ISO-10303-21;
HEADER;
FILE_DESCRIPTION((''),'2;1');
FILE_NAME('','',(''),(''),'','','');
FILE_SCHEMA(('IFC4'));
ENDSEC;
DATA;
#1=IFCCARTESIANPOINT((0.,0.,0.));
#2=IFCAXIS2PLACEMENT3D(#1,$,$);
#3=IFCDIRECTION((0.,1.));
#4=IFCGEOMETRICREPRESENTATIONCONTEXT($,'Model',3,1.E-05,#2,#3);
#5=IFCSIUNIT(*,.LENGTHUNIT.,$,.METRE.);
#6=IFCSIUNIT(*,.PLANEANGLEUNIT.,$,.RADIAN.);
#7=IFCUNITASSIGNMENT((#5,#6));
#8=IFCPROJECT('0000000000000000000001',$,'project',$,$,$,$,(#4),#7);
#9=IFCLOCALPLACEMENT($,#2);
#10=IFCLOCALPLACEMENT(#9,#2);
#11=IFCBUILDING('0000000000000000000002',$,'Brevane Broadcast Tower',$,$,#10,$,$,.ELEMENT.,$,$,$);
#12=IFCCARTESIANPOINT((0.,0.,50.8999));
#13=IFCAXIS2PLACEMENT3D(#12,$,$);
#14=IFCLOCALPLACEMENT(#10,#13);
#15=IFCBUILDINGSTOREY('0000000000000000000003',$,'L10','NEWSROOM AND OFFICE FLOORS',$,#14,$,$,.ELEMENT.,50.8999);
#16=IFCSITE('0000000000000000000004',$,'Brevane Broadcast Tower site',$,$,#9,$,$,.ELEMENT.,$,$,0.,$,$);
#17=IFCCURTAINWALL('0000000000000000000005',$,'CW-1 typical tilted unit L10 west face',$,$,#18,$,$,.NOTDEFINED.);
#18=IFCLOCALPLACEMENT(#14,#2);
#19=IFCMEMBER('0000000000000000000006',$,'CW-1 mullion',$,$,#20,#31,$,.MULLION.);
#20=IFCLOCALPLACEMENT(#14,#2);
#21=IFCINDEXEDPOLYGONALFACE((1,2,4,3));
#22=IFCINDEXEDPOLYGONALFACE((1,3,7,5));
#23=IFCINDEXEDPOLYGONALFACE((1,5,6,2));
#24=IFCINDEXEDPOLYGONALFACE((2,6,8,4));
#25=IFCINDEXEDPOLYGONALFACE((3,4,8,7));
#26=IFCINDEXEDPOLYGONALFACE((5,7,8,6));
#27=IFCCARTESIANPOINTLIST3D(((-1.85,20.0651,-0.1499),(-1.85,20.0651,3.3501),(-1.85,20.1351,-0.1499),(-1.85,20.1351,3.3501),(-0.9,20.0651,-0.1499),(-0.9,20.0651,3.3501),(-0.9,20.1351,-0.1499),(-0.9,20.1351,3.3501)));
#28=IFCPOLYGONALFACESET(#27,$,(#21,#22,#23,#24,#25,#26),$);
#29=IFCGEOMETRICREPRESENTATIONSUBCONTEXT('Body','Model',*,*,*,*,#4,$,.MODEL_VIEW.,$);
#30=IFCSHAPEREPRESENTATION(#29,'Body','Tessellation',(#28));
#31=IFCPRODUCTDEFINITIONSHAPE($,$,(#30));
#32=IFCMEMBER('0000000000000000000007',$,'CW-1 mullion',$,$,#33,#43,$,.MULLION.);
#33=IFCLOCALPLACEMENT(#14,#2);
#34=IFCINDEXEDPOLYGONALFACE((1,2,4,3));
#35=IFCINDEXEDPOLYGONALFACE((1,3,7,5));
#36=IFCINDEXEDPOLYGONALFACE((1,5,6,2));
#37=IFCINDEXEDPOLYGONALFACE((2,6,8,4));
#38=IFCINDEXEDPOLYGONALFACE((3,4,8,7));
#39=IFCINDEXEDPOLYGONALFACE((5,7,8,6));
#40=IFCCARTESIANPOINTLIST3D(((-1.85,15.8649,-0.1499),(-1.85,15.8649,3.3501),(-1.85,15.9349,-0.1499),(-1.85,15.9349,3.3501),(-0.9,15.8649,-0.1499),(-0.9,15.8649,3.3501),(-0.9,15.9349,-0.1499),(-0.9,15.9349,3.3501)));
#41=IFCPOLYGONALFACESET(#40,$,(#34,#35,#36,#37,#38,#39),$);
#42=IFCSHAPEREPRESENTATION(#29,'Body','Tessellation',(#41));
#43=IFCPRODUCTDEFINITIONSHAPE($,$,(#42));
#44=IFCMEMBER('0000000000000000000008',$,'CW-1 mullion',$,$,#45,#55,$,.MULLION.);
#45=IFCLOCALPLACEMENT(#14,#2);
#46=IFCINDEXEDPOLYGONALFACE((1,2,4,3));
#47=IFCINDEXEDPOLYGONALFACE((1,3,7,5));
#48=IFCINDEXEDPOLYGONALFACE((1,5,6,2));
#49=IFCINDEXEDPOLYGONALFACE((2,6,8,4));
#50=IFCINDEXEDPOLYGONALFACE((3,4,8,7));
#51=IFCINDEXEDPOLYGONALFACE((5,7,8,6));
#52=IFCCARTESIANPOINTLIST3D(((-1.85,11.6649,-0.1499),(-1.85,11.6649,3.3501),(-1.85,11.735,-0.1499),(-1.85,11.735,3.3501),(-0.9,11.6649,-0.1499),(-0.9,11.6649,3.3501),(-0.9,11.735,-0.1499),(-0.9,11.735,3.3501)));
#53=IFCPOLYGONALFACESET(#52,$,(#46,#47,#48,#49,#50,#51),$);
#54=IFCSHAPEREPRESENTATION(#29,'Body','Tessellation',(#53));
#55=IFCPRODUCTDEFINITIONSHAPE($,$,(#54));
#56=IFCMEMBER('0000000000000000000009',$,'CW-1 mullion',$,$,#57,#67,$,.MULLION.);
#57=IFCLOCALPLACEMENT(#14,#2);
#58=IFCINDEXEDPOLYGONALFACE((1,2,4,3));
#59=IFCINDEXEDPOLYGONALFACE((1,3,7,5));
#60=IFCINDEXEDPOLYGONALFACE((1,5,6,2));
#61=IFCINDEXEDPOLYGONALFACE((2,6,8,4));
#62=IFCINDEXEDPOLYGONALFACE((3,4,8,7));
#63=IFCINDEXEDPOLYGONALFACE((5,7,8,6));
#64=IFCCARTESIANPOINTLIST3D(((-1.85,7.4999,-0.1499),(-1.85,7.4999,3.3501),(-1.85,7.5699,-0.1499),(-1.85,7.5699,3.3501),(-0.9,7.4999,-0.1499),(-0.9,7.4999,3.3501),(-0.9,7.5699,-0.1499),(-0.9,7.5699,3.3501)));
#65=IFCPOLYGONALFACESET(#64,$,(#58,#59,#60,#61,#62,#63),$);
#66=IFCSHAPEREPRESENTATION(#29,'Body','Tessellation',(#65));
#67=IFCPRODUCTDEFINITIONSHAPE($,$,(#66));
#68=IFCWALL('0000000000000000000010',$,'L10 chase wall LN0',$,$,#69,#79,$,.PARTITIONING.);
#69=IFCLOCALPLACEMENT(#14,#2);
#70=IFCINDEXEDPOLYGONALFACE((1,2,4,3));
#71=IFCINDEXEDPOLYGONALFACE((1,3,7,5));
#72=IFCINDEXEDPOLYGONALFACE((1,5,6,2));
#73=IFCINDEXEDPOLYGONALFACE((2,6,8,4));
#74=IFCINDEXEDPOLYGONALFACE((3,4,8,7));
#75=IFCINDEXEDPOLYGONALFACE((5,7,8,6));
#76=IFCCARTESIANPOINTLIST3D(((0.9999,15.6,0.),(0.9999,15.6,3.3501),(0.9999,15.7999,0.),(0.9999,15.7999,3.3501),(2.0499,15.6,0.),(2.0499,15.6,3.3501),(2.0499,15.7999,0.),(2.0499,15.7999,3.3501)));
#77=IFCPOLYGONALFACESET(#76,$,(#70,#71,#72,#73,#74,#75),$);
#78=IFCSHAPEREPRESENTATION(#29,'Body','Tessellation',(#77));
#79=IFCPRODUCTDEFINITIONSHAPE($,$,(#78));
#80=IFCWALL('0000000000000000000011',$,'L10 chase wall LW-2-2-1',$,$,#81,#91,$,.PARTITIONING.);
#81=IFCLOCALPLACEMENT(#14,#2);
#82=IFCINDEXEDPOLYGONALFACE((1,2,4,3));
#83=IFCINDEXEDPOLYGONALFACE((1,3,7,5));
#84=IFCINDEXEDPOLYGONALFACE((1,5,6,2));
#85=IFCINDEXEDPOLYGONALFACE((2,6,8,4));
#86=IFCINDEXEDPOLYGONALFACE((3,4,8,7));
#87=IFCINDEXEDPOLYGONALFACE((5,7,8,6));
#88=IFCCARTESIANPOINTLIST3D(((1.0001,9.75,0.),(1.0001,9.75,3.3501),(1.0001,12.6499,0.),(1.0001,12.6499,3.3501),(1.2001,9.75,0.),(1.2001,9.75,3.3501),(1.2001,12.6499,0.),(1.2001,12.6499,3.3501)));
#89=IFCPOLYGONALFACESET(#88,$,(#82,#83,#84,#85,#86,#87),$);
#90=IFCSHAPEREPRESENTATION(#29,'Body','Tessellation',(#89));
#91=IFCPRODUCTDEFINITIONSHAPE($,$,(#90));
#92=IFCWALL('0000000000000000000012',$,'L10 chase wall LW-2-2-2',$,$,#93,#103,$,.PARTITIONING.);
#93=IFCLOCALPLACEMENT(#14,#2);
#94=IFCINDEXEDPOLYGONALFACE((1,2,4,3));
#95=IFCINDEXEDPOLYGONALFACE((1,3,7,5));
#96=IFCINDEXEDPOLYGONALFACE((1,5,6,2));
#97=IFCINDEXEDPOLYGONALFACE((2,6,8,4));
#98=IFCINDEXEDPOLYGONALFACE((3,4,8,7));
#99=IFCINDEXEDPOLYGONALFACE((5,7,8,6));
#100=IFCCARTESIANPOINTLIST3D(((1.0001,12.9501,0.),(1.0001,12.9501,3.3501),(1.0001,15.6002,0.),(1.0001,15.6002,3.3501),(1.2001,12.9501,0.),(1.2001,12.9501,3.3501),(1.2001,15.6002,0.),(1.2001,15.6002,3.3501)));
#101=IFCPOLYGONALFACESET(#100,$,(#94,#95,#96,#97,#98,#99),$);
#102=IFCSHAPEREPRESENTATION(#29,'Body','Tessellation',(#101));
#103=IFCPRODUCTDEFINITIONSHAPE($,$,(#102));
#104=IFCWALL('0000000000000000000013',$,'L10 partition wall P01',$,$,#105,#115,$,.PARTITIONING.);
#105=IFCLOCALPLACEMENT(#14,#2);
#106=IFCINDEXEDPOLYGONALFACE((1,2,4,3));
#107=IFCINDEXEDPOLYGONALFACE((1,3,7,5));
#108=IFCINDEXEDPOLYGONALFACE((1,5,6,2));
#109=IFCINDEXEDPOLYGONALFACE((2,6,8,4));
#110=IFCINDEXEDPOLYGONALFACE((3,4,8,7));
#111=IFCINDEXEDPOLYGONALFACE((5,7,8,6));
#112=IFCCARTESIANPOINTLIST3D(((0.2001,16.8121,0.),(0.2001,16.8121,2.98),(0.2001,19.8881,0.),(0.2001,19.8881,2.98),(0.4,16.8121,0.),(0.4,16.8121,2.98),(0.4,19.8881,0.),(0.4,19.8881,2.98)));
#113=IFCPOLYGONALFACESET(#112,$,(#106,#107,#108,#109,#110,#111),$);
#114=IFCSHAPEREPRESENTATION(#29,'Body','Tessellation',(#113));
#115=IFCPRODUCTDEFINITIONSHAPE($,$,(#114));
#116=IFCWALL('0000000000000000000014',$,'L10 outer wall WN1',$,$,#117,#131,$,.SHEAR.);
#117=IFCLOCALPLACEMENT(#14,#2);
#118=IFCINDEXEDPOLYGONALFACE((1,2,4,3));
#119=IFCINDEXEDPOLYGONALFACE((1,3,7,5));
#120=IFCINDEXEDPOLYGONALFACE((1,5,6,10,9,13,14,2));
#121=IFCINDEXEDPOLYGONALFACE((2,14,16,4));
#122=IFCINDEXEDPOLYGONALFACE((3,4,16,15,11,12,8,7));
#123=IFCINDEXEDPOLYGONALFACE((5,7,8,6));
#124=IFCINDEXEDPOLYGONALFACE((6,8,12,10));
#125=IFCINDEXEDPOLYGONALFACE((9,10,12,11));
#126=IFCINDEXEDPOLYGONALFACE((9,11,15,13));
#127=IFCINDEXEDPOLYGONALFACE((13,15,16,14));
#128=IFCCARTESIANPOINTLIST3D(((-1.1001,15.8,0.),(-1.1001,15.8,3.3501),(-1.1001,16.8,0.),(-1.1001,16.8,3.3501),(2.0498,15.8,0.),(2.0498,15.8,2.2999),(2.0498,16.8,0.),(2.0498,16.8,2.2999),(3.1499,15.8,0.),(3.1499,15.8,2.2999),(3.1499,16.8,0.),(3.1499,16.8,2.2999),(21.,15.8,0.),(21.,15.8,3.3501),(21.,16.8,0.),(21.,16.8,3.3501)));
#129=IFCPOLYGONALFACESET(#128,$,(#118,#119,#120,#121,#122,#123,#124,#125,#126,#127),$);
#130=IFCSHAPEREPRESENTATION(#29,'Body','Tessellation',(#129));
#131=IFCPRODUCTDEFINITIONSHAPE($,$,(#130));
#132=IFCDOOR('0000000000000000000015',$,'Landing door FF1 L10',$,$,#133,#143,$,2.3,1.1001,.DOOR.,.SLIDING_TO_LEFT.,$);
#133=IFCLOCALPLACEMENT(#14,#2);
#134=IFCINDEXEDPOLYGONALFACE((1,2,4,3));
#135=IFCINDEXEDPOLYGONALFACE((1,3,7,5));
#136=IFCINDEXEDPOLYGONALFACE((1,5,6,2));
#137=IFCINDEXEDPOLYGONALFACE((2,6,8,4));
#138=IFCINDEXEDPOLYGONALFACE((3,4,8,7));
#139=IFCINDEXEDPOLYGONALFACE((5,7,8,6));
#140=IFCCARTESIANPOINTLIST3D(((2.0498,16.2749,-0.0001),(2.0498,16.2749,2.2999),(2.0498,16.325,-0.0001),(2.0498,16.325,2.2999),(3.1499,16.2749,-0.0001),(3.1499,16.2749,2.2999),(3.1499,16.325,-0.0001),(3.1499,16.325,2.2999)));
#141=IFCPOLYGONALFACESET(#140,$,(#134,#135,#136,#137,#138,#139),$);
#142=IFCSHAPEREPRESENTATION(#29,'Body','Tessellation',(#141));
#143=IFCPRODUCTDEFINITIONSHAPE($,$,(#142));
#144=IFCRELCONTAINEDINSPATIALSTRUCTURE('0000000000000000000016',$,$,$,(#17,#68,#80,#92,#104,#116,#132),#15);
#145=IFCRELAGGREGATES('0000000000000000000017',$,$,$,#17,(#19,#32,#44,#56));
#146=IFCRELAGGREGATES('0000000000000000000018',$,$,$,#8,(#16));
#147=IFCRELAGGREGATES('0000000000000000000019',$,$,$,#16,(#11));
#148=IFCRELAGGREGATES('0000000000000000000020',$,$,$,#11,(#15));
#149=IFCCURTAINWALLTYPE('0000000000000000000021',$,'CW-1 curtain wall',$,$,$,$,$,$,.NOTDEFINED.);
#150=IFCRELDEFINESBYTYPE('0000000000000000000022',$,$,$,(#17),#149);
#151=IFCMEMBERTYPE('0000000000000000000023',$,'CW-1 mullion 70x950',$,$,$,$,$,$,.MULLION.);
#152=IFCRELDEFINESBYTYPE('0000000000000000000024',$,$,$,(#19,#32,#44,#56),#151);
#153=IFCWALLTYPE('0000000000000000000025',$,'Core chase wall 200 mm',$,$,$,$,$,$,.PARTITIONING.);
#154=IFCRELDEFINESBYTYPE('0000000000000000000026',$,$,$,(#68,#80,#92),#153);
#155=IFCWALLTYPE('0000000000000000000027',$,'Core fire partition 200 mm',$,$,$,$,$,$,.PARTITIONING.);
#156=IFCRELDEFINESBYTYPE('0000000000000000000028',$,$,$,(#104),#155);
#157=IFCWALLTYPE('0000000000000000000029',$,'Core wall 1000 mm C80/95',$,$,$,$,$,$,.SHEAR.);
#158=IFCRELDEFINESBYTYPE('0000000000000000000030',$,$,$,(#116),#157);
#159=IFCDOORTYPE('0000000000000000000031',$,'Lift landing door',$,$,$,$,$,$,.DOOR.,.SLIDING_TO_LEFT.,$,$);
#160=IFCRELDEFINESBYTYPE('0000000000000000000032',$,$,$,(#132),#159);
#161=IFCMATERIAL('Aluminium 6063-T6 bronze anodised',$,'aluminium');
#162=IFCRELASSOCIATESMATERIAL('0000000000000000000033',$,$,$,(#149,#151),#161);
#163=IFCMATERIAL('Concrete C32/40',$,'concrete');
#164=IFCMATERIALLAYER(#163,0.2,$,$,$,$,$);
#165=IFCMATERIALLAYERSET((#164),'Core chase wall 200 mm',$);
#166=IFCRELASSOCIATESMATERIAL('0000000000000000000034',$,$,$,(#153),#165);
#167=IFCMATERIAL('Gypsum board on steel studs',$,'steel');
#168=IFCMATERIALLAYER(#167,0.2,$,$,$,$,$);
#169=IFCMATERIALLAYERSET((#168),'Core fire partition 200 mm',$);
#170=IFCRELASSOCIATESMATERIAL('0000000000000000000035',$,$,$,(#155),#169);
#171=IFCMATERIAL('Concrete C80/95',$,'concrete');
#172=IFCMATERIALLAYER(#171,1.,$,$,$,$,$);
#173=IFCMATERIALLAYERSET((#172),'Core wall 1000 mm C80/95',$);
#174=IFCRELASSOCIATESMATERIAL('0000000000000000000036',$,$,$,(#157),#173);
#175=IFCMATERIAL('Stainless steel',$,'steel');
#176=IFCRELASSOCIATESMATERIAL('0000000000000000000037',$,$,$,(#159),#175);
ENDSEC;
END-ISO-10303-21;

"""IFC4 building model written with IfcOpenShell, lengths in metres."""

from ifc_helpers import new_model, si_unit, direction, frame, frame_2d, origin, origin_2d, place, context, subcontext, project, spatial, rectangle, extrude, material, layer, layer_set, material_profile, profile_set, type_object, element, fill, aggregate, save


model = new_model("IFC4")

# Units and contexts
model_context = context("Model", 3, precision=1e-05, world=origin(), true_north=direction((0.0, 1.0)))
body_context = subcontext(model_context, "Body", "Model", "MODEL_VIEW")
ifc_project = project(units=[si_unit("LENGTHUNIT", "METRE"), si_unit("PLANEANGLEUNIT", "RADIAN")], contexts=[model_context])

# Site, building, storey
site_placement = place(None, origin())
site = spatial("IfcSite", under=ifc_project, at=site_placement, Name="Brevane Broadcast Tower site", CompositionType="ELEMENT", RefElevation=0.0)
building_placement = place(site_placement, origin())
building = spatial("IfcBuilding", under=site, at=building_placement, Name="Brevane Broadcast Tower", CompositionType="ELEMENT")
storey_placement = place(building_placement, frame((0.0, 0.0, 50.8999)))
storey = spatial("IfcBuildingStorey", under=building, at=storey_placement, Name="L10", Description="NEWSROOM AND OFFICE FLOORS", CompositionType="ELEMENT", Elevation=50.8999)

# Curtain wall, members
ifc_material_1 = material(Name="Aluminium 6063-T6 bronze anodised", Category="aluminium")
curtain_wall_type = type_object("IfcCurtainWallType", Name="CW-1 curtain wall", PredefinedType="NOTDEFINED", material=ifc_material_1)
curtain_wall_placement = place(storey_placement, origin())
curtain_wall = element("IfcCurtainWall", 1, at=curtain_wall_placement, inside=storey, type_object=curtain_wall_type, Name="CW-1 typical tilted unit L10 west face", PredefinedType="NOTDEFINED")
ifc_material_profile = material_profile(ifc_material_1, rectangle(XDim=0.95, YDim=0.0701, at=origin_2d()), Name="RECT 70x950")
ifc_profile_set = profile_set([ifc_material_profile], Name="Aluminium 6063-T6 bronze anodised")
member_type = type_object("IfcMemberType", Name="CW-1 mullion 70x950", PredefinedType="MULLION", material=ifc_profile_set)
member_1_placement = place(storey_placement, frame((-1.375, 20.1001, -0.1499), z_axis=(0.0, 0.0, 1.0), x_axis=(1.0, 0.0, 0.0)))
member_1 = element("IfcMember", 2, at=member_1_placement, type_object=member_type, Name="CW-1 mullion", PredefinedType="MULLION", context=body_context, shape_type="SweptSolid", body=[
    extrude(rectangle(XDim=0.95, YDim=0.0701, at=origin_2d()), origin(), (0.0, 0.0, 1.0), 3.5),
])
member_2_placement = place(storey_placement, frame((-1.375, 15.8999, -0.1499), z_axis=(0.0, 0.0, 1.0), x_axis=(1.0, 0.0, 0.0)))
member_2 = element("IfcMember", 3, at=member_2_placement, type_object=member_type, Name="CW-1 mullion", PredefinedType="MULLION", context=body_context, shape_type="SweptSolid", body=[
    extrude(rectangle(XDim=0.95, YDim=0.0701, at=origin_2d()), origin(), (0.0, 0.0, 1.0), 3.5),
])
member_3_placement = place(storey_placement, frame((-1.375, 11.7, -0.1499), z_axis=(0.0, 0.0, 1.0), x_axis=(1.0, 0.0, 0.0)))
member_3 = element("IfcMember", 4, at=member_3_placement, type_object=member_type, Name="CW-1 mullion", PredefinedType="MULLION", context=body_context, shape_type="SweptSolid", body=[
    extrude(rectangle(XDim=0.95, YDim=0.0701, at=origin_2d()), origin(), (0.0, 0.0, 1.0), 3.5),
])
member_4_placement = place(storey_placement, frame((-1.375, 7.5349, -0.1499), z_axis=(0.0, 0.0, 1.0), x_axis=(1.0, 0.0, 0.0)))
member_4 = element("IfcMember", 5, at=member_4_placement, type_object=member_type, Name="CW-1 mullion", PredefinedType="MULLION", context=body_context, shape_type="SweptSolid", body=[
    extrude(rectangle(XDim=0.95, YDim=0.0701, at=origin_2d()), origin(), (0.0, 0.0, 1.0), 3.5),
])
aggregate(curtain_wall, [member_1, member_2, member_3, member_4])

# Walls
ifc_material_2 = material(Name="Concrete C32/40", Category="concrete")
ifc_layer_1 = layer(ifc_material_2, 0.2)
ifc_layer_set_1 = layer_set([ifc_layer_1], Name="Core chase wall 200 mm")
wall_type_1 = type_object("IfcWallType", Name="Core chase wall 200 mm", PredefinedType="PARTITIONING", material=ifc_layer_set_1)
wall_1_placement = place(storey_placement, frame((1.0, 15.7, 0.0), z_axis=(0.0, 0.0, 1.0), x_axis=(1.0, 0.0, 0.0)))
element("IfcWall", 6, at=wall_1_placement, inside=storey, type_object=wall_type_1, Name="L10 chase wall LN0", PredefinedType="PARTITIONING", context=body_context, shape_type="SweptSolid", body=[
    extrude(rectangle(XDim=1.05, YDim=0.2, at=frame_2d((0.5249, 0.0))), origin(), (0.0, 0.0, 1.0), 3.3501),
])
wall_2_placement = place(storey_placement, frame((1.1001, 9.75, 0.0), z_axis=(0.0, 0.0, 1.0), x_axis=(0.0, 1.0, 0.0)))
element("IfcWall", 7, at=wall_2_placement, inside=storey, type_object=wall_type_1, Name="L10 chase wall LW-2-2-1", PredefinedType="PARTITIONING", context=body_context, shape_type="SweptSolid", body=[
    extrude(rectangle(XDim=2.8999, YDim=0.2, at=frame_2d((1.45, 0.0))), origin(), (0.0, 0.0, 1.0), 3.3501),
])
wall_3_placement = place(storey_placement, frame((1.1001, 12.95, 0.0), z_axis=(0.0, 0.0, 1.0), x_axis=(0.0, 1.0, 0.0)))
element("IfcWall", 8, at=wall_3_placement, inside=storey, type_object=wall_type_1, Name="L10 chase wall LW-2-2-2", PredefinedType="PARTITIONING", context=body_context, shape_type="SweptSolid", body=[
    extrude(rectangle(XDim=2.6501, YDim=0.2, at=frame_2d((1.3252, 0.0))), origin(), (0.0, 0.0, 1.0), 3.3501),
])
ifc_material_3 = material(Name="Gypsum board on steel studs", Category="steel")
ifc_layer_2 = layer(ifc_material_3, 0.2)
ifc_layer_set_2 = layer_set([ifc_layer_2], Name="Core fire partition 200 mm")
wall_type_2 = type_object("IfcWallType", Name="Core fire partition 200 mm", PredefinedType="PARTITIONING", material=ifc_layer_set_2)
wall_4_placement = place(storey_placement, frame((0.3, 16.812, 0.0), z_axis=(0.0, 0.0, 1.0), x_axis=(0.0, 1.0, 0.0)))
element("IfcWall", 9, at=wall_4_placement, inside=storey, type_object=wall_type_2, Name="L10 partition wall P01", PredefinedType="PARTITIONING", context=body_context, shape_type="SweptSolid", body=[
    extrude(rectangle(XDim=3.0759, YDim=0.2, at=frame_2d((1.5381, 0.0))), origin(), (0.0, 0.0, 1.0), 2.98),
])

# Wall, opening, door
ifc_material_4 = material(Name="Concrete C80/95", Category="concrete")
ifc_layer_3 = layer(ifc_material_4, 1.0)
ifc_layer_set_3 = layer_set([ifc_layer_3], Name="Core wall 1000 mm C80/95")
wall_type_3 = type_object("IfcWallType", Name="Core wall 1000 mm C80/95", PredefinedType="SHEAR", material=ifc_layer_set_3)
wall_5_placement = place(storey_placement, frame((-1.1001, 16.3, 0.0), z_axis=(0.0, 0.0, 1.0), x_axis=(1.0, 0.0, 0.0)))
wall_5 = element("IfcWall", 10, at=wall_5_placement, inside=storey, type_object=wall_type_3, Name="L10 outer wall WN1", PredefinedType="SHEAR", context=body_context, shape_type="SweptSolid", body=[
    extrude(rectangle(XDim=22.1001, YDim=1.0, at=frame_2d((11.05, 0.0))), origin(), (0.0, 0.0, 1.0), 3.3501),
])
opening_1_placement = place(wall_5_placement, frame((3.1499, 0.0, 0.0)))
opening_1 = element("IfcOpeningElement", 11, at=opening_1_placement, cuts=wall_5, PredefinedType="OPENING", context=body_context, shape_type="SweptSolid", body=[
    extrude(rectangle(XDim=1.1001, YDim=2.3, at=frame_2d((0.55, 1.1499))), frame((0.0, 0.51, 0.0), z_axis=(0.0, -1.0, 0.0), x_axis=(1.0, 0.0, 0.0)), (0.0, 0.0, 1.0), 1.02),
])
ifc_material_5 = material(Name="Stainless steel", Category="steel")
door_type = type_object("IfcDoorType", Name="Lift landing door", OperationType="SLIDING_TO_LEFT", PredefinedType="DOOR", material=ifc_material_5)
door_1_placement = place(opening_1_placement, origin())
door_1 = element("IfcDoor", 12, at=door_1_placement, inside=storey, type_object=door_type, Name="Landing door FF1 L10", OperationType="SLIDING_TO_LEFT", OverallHeight=2.3, OverallWidth=1.1001, PredefinedType="DOOR", context=body_context, shape_type="SweptSolid", body=[
    extrude(rectangle(XDim=1.1001, YDim=2.3, at=frame_2d((0.55, 1.1499))), frame((0.0, 0.0249, 0.0), z_axis=(0.0, -1.0, 0.0), x_axis=(1.0, 0.0, 0.0)), (0.0, 0.0, 1.0), 0.05),
])
fill(opening_1, door_1)

save(model, "model.ifc")
